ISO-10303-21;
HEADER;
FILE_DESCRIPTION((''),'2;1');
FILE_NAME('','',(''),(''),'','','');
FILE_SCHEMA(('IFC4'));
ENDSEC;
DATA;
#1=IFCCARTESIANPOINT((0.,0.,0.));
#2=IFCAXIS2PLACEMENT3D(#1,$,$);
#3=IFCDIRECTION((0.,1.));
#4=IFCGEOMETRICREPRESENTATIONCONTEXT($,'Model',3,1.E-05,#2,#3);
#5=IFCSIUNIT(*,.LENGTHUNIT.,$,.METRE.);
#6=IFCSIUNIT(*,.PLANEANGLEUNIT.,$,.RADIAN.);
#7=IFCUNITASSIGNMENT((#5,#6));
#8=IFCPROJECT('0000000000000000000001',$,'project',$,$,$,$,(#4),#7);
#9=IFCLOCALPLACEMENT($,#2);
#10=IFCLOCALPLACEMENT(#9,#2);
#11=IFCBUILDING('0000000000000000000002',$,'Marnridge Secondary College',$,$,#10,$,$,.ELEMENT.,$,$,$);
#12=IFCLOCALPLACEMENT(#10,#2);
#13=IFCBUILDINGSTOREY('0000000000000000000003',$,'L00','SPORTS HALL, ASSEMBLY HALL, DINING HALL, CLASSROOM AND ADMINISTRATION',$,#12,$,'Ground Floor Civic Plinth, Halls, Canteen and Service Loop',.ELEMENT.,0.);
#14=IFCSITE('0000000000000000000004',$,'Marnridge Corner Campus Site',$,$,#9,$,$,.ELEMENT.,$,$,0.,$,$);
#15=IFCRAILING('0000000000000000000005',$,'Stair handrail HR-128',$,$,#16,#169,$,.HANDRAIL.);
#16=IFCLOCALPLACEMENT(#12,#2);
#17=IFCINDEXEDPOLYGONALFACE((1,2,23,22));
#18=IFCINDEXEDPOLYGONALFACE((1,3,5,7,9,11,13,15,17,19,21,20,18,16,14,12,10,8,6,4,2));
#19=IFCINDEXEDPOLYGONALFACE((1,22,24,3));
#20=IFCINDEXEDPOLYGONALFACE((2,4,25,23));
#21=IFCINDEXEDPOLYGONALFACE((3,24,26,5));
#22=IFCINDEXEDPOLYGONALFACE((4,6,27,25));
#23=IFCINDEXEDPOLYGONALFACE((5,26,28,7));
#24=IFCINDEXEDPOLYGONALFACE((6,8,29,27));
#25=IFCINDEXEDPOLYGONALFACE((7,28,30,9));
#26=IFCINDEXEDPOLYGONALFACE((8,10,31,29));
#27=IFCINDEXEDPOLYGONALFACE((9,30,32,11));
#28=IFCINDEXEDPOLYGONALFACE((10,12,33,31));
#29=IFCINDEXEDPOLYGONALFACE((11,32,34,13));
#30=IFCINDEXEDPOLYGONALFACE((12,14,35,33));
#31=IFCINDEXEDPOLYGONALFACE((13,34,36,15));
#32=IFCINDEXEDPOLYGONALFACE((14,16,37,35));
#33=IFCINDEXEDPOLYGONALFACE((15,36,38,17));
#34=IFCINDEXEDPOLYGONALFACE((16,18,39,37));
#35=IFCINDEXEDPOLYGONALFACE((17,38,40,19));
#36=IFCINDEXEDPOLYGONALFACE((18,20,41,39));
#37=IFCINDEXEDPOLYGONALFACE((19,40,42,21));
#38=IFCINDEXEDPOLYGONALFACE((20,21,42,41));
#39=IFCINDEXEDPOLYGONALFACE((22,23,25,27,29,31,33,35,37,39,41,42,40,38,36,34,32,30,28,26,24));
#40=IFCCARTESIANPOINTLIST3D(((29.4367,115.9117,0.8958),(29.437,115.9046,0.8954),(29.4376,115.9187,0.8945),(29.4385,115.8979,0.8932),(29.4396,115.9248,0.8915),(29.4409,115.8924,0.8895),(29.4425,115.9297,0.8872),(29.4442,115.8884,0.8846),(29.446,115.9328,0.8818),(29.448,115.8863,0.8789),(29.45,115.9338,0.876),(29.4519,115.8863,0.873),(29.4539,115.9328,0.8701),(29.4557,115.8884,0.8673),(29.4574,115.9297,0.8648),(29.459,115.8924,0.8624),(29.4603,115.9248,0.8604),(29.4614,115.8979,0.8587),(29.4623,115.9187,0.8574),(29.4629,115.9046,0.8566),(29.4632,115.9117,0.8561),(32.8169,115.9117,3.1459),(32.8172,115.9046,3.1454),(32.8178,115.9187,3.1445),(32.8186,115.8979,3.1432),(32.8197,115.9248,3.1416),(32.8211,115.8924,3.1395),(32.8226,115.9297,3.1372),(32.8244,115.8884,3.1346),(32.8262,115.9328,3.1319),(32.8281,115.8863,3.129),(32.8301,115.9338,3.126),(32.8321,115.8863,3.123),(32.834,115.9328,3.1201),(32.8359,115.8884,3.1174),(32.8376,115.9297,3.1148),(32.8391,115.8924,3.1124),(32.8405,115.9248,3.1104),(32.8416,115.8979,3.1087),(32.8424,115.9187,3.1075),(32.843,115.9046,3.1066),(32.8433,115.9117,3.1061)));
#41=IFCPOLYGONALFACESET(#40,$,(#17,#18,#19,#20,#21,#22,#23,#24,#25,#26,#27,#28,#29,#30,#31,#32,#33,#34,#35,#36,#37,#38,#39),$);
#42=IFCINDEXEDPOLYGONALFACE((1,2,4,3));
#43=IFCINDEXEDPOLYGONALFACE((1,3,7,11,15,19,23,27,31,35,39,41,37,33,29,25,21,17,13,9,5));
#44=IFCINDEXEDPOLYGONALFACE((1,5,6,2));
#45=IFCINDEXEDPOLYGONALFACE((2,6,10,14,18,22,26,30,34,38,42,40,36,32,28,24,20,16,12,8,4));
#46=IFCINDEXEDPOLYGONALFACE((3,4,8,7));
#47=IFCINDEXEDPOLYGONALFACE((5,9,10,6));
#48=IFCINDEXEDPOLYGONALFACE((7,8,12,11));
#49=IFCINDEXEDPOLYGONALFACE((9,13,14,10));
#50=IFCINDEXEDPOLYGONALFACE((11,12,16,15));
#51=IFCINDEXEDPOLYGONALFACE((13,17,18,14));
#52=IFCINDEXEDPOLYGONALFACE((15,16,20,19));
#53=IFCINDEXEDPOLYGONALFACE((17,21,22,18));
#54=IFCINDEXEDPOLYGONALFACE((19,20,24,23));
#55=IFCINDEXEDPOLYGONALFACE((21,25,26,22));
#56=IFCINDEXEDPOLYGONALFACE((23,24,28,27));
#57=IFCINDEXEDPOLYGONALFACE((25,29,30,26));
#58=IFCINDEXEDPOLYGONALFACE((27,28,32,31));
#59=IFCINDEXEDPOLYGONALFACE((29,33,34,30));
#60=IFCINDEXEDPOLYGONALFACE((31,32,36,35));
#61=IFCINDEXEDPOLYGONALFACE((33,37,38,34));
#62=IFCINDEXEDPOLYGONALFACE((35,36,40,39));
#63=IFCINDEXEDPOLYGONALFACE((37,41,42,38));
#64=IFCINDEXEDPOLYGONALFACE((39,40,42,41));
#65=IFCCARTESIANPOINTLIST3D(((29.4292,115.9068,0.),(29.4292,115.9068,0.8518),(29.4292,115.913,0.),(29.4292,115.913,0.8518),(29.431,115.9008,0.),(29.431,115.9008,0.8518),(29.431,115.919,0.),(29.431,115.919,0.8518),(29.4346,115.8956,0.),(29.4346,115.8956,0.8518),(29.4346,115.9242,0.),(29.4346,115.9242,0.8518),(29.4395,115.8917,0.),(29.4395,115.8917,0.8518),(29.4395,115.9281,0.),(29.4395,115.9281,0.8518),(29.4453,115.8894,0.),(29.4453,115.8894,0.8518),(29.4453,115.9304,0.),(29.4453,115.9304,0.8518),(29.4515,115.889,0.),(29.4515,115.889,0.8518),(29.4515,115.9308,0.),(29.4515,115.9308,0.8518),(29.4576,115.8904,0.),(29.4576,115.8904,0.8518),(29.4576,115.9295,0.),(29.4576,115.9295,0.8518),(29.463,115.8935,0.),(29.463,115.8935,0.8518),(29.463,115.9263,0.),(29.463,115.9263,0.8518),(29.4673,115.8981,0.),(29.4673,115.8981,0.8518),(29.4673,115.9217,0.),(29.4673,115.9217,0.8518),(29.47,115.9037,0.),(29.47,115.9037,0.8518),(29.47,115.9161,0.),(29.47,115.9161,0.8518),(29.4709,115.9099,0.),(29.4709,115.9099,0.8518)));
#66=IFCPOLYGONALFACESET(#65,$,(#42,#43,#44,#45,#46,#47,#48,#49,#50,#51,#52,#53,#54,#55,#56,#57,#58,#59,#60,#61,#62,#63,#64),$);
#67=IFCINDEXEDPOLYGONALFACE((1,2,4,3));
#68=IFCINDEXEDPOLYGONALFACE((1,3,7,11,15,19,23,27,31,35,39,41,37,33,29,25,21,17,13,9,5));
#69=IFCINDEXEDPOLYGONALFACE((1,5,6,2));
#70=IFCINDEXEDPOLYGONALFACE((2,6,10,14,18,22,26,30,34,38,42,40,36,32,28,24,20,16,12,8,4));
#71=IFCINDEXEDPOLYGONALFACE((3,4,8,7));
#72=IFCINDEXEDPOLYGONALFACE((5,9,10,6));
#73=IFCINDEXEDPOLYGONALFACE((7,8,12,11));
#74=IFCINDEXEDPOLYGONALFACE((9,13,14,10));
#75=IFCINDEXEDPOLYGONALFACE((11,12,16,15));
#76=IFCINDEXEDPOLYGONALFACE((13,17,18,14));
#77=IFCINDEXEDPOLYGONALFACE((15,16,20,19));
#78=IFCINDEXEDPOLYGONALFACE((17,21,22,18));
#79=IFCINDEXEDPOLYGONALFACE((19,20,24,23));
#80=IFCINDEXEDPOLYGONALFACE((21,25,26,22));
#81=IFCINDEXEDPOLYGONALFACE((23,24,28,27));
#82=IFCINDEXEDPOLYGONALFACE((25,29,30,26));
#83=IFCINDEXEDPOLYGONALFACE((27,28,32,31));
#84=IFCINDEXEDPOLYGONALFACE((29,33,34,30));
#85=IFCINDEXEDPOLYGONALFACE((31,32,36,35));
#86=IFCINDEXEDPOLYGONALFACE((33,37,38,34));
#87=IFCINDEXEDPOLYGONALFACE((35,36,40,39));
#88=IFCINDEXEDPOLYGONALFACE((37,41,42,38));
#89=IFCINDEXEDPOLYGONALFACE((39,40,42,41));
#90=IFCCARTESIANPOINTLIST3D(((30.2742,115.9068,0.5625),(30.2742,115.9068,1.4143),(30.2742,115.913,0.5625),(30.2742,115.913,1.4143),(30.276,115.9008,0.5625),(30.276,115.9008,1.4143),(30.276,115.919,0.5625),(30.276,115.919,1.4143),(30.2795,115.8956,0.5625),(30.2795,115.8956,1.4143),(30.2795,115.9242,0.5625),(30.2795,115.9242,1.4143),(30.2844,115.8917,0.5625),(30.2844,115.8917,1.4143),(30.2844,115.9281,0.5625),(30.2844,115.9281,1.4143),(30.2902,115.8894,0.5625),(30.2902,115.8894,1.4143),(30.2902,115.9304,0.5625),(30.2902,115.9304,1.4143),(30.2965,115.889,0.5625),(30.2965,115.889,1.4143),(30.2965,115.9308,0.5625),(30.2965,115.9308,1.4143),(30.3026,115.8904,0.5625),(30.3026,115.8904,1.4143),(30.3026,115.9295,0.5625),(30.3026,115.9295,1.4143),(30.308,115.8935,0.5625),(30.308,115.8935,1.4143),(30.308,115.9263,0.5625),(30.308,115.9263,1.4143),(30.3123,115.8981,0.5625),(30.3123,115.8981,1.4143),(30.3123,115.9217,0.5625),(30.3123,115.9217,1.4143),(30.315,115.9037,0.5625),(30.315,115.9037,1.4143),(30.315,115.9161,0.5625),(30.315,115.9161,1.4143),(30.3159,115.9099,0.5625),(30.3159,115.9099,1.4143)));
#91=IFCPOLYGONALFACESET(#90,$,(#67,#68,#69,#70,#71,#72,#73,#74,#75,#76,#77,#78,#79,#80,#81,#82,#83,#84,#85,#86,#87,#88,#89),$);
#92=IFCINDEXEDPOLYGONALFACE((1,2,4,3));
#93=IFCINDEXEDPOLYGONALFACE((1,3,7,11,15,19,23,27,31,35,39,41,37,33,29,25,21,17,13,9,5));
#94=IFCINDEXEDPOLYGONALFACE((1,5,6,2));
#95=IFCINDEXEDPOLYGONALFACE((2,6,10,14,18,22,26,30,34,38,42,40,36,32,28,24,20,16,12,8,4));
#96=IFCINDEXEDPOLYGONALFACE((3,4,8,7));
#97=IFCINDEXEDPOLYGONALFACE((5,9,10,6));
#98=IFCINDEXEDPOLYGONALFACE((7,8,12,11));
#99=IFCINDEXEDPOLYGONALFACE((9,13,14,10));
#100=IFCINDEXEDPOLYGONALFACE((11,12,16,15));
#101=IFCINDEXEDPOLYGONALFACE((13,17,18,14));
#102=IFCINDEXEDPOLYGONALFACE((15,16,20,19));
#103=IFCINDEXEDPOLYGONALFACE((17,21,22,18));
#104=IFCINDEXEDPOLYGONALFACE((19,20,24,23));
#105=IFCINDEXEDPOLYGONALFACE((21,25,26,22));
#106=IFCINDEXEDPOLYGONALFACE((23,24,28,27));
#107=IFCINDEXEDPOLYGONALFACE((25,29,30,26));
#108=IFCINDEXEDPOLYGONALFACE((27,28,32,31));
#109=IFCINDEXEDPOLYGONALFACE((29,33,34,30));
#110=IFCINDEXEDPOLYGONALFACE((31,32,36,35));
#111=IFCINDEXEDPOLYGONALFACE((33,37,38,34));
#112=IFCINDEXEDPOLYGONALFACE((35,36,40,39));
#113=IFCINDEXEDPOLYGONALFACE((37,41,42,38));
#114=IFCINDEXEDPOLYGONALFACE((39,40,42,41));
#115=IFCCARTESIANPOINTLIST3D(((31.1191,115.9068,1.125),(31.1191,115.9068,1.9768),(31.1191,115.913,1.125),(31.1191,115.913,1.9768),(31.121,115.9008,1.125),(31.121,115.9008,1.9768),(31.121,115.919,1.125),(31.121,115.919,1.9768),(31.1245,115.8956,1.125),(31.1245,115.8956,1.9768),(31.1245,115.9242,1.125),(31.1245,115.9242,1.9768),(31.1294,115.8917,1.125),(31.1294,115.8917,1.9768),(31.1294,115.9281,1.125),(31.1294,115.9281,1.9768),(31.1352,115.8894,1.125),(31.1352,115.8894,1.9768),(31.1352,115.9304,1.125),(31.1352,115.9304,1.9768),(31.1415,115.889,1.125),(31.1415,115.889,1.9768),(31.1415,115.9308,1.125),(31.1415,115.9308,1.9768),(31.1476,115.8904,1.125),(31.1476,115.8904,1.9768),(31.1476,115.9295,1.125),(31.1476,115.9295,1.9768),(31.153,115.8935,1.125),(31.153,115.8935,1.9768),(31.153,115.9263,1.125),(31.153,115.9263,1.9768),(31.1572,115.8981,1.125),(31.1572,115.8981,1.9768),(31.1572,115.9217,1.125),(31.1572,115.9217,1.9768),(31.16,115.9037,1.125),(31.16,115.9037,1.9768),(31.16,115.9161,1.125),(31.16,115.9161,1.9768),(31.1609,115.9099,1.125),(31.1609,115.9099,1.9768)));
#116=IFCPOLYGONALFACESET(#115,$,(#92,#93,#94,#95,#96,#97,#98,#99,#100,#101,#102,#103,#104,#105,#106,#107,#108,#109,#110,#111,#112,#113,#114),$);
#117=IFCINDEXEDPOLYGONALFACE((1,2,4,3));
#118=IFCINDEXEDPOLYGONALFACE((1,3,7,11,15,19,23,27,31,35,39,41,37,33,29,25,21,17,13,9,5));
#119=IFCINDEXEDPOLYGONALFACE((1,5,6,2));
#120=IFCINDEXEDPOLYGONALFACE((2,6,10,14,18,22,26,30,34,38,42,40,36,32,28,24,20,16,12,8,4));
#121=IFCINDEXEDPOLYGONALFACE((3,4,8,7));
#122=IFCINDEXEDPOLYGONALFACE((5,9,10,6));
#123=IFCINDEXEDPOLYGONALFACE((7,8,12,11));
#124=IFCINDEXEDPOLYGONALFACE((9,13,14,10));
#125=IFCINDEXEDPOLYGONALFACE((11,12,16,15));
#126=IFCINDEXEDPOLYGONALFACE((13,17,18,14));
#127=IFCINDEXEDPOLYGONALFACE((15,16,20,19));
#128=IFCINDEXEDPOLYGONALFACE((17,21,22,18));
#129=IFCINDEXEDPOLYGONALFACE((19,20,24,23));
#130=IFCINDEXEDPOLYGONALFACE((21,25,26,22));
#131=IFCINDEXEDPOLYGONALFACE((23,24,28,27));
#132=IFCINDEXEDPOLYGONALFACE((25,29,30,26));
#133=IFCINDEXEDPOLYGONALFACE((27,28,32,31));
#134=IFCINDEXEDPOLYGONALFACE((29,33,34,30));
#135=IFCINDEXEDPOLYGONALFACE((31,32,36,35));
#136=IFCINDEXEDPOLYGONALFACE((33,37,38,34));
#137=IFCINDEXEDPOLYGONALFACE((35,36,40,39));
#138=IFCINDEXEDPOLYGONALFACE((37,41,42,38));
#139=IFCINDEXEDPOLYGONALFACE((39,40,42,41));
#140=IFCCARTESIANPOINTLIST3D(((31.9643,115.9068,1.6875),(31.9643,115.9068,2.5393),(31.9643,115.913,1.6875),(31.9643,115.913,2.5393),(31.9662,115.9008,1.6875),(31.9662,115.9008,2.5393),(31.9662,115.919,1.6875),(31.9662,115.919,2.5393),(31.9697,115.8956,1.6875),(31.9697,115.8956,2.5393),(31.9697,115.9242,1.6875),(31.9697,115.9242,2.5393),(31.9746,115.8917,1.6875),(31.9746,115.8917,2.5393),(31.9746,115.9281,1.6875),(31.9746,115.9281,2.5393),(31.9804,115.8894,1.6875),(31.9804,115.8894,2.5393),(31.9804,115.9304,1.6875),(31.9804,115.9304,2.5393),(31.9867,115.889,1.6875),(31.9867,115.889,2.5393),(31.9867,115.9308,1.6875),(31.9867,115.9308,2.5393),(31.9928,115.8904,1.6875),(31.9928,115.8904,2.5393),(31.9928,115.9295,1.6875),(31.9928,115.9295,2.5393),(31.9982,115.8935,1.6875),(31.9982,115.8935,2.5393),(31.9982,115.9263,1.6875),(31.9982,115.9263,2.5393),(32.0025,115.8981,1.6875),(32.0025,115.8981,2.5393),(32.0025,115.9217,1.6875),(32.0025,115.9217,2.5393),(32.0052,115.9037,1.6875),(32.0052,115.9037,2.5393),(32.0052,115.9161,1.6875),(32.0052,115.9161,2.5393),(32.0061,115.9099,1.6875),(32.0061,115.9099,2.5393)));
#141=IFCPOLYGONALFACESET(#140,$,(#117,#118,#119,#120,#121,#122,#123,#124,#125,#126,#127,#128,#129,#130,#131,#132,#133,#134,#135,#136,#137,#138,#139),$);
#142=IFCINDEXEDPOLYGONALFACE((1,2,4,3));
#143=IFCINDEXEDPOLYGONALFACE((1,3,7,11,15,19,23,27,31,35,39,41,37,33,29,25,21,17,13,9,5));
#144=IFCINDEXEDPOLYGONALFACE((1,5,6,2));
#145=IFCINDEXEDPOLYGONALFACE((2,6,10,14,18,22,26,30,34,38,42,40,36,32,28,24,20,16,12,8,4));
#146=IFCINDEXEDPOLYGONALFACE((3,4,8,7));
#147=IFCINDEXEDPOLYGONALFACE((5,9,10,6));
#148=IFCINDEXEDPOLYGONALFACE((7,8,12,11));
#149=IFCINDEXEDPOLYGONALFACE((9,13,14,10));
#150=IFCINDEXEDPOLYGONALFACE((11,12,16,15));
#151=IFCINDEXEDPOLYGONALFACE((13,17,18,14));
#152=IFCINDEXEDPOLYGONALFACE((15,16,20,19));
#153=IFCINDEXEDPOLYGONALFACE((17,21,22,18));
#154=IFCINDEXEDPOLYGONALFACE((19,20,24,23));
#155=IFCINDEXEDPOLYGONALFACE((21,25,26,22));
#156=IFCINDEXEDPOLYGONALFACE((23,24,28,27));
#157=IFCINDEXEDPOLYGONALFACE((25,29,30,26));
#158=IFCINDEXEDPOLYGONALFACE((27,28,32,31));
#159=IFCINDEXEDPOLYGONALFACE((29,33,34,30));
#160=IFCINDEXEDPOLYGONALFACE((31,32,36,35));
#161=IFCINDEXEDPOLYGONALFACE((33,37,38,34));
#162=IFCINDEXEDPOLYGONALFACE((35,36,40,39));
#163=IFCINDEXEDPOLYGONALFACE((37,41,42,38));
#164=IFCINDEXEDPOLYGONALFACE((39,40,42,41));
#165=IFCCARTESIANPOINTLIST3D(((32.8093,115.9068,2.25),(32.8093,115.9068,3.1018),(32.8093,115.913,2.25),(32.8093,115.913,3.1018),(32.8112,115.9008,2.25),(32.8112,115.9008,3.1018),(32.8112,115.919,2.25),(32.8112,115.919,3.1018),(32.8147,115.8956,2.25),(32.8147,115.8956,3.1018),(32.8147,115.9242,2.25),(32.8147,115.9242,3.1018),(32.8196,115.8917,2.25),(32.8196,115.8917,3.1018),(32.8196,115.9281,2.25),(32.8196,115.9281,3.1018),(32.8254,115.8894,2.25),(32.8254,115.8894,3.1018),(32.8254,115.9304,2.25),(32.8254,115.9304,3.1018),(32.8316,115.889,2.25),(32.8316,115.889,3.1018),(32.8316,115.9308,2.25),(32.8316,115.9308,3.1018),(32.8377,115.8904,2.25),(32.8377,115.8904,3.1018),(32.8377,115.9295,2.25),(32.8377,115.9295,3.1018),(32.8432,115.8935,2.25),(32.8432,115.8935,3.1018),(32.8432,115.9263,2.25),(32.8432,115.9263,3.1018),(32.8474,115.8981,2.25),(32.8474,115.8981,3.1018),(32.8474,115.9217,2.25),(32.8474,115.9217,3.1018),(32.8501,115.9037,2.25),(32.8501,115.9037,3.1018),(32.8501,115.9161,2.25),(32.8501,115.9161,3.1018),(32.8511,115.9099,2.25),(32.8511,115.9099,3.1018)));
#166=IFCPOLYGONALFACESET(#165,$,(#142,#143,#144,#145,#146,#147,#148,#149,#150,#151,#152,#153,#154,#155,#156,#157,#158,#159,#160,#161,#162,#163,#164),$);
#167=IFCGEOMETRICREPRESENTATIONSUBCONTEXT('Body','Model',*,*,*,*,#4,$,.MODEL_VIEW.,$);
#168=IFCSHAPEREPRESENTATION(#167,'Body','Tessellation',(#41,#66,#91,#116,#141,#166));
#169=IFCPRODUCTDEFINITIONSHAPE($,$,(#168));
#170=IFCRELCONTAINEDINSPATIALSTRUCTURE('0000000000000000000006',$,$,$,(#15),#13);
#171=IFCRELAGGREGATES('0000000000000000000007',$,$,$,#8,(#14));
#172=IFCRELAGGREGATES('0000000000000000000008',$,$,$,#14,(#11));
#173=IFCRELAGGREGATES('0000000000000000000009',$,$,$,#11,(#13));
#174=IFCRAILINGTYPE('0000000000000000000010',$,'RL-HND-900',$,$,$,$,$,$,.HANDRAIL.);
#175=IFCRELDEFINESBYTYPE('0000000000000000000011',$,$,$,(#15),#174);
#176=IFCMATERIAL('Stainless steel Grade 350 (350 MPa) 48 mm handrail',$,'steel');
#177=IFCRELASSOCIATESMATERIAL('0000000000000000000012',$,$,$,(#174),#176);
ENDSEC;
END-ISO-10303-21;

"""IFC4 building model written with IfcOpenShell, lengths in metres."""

from ifc_helpers import new_model, si_unit, direction, frame, origin, origin_2d, place, context, subcontext, project, spatial, circle, extrude, material, type_object, element, save


model = new_model("IFC4")

# Units and contexts
model_context = context("Model", 3, precision=1e-05, world=origin(), true_north=direction((0.0, 1.0)))
body_context = subcontext(model_context, "Body", "Model", "MODEL_VIEW")
ifc_project = project(units=[si_unit("LENGTHUNIT", "METRE"), si_unit("PLANEANGLEUNIT", "RADIAN")], contexts=[model_context])

# Site, building, storey
site_placement = place(None, origin())
site = spatial("IfcSite", under=ifc_project, at=site_placement, Name="Marnridge Corner Campus Site", CompositionType="ELEMENT", RefElevation=0.0)
building_placement = place(site_placement, origin())
building = spatial("IfcBuilding", under=site, at=building_placement, Name="Marnridge Secondary College", CompositionType="ELEMENT")
storey_placement = place(building_placement, origin())
storey = spatial("IfcBuildingStorey", under=building, at=storey_placement, Name="L00", Description="SPORTS HALL, ASSEMBLY HALL, DINING HALL, CLASSROOM AND ADMINISTRATION", LongName="Ground Floor Civic Plinth, Halls, Canteen and Service Loop", CompositionType="ELEMENT", Elevation=0.0)

# Railing
ifc_material_1 = material(Name="Stainless steel Grade 350 (350 MPa) 48 mm handrail", Category="steel")
railing_type_1 = type_object("IfcRailingType", Name="RL-HND-900", PredefinedType="HANDRAIL", material=ifc_material_1)
for number, where, name in (
    (1, (29.45, 115.9099, 0.0), "Stair handrail HR-128"),
):
    element("IfcRailing", number, at=place(storey_placement, frame(where)), inside=storey, type_object=railing_type_1, Name=name, PredefinedType="HANDRAIL", context=body_context, shape_type="SweptSolid", body=[
        extrude(circle(Radius=0.0239, at=origin_2d()), frame((0.0, 0.0, 0.876), z_axis=(0.832439, 0.0, 0.554117), x_axis=(0.0, 1.0, 0.0)), (0.0, 0.0, 1.0), 4.0605),
        extrude(circle(Radius=0.021, at=origin_2d()), origin(), (0.0, 0.0, 1.0), 0.8518),
        extrude(circle(Radius=0.021, at=origin_2d()), frame((0.845, 0.0, 0.5625)), (0.0, 0.0, 1.0), 0.8518),
        extrude(circle(Radius=0.021, at=origin_2d()), frame((1.6899, 0.0, 1.125)), (0.0, 0.0, 1.0), 0.8518),
        extrude(circle(Radius=0.021, at=origin_2d()), frame((2.5352, 0.0, 1.6875)), (0.0, 0.0, 1.0), 0.8518),
        extrude(circle(Radius=0.021, at=origin_2d()), frame((3.3801, 0.0, 2.25)), (0.0, 0.0, 1.0), 0.8518),
    ])

save(model, "model.ifc")
